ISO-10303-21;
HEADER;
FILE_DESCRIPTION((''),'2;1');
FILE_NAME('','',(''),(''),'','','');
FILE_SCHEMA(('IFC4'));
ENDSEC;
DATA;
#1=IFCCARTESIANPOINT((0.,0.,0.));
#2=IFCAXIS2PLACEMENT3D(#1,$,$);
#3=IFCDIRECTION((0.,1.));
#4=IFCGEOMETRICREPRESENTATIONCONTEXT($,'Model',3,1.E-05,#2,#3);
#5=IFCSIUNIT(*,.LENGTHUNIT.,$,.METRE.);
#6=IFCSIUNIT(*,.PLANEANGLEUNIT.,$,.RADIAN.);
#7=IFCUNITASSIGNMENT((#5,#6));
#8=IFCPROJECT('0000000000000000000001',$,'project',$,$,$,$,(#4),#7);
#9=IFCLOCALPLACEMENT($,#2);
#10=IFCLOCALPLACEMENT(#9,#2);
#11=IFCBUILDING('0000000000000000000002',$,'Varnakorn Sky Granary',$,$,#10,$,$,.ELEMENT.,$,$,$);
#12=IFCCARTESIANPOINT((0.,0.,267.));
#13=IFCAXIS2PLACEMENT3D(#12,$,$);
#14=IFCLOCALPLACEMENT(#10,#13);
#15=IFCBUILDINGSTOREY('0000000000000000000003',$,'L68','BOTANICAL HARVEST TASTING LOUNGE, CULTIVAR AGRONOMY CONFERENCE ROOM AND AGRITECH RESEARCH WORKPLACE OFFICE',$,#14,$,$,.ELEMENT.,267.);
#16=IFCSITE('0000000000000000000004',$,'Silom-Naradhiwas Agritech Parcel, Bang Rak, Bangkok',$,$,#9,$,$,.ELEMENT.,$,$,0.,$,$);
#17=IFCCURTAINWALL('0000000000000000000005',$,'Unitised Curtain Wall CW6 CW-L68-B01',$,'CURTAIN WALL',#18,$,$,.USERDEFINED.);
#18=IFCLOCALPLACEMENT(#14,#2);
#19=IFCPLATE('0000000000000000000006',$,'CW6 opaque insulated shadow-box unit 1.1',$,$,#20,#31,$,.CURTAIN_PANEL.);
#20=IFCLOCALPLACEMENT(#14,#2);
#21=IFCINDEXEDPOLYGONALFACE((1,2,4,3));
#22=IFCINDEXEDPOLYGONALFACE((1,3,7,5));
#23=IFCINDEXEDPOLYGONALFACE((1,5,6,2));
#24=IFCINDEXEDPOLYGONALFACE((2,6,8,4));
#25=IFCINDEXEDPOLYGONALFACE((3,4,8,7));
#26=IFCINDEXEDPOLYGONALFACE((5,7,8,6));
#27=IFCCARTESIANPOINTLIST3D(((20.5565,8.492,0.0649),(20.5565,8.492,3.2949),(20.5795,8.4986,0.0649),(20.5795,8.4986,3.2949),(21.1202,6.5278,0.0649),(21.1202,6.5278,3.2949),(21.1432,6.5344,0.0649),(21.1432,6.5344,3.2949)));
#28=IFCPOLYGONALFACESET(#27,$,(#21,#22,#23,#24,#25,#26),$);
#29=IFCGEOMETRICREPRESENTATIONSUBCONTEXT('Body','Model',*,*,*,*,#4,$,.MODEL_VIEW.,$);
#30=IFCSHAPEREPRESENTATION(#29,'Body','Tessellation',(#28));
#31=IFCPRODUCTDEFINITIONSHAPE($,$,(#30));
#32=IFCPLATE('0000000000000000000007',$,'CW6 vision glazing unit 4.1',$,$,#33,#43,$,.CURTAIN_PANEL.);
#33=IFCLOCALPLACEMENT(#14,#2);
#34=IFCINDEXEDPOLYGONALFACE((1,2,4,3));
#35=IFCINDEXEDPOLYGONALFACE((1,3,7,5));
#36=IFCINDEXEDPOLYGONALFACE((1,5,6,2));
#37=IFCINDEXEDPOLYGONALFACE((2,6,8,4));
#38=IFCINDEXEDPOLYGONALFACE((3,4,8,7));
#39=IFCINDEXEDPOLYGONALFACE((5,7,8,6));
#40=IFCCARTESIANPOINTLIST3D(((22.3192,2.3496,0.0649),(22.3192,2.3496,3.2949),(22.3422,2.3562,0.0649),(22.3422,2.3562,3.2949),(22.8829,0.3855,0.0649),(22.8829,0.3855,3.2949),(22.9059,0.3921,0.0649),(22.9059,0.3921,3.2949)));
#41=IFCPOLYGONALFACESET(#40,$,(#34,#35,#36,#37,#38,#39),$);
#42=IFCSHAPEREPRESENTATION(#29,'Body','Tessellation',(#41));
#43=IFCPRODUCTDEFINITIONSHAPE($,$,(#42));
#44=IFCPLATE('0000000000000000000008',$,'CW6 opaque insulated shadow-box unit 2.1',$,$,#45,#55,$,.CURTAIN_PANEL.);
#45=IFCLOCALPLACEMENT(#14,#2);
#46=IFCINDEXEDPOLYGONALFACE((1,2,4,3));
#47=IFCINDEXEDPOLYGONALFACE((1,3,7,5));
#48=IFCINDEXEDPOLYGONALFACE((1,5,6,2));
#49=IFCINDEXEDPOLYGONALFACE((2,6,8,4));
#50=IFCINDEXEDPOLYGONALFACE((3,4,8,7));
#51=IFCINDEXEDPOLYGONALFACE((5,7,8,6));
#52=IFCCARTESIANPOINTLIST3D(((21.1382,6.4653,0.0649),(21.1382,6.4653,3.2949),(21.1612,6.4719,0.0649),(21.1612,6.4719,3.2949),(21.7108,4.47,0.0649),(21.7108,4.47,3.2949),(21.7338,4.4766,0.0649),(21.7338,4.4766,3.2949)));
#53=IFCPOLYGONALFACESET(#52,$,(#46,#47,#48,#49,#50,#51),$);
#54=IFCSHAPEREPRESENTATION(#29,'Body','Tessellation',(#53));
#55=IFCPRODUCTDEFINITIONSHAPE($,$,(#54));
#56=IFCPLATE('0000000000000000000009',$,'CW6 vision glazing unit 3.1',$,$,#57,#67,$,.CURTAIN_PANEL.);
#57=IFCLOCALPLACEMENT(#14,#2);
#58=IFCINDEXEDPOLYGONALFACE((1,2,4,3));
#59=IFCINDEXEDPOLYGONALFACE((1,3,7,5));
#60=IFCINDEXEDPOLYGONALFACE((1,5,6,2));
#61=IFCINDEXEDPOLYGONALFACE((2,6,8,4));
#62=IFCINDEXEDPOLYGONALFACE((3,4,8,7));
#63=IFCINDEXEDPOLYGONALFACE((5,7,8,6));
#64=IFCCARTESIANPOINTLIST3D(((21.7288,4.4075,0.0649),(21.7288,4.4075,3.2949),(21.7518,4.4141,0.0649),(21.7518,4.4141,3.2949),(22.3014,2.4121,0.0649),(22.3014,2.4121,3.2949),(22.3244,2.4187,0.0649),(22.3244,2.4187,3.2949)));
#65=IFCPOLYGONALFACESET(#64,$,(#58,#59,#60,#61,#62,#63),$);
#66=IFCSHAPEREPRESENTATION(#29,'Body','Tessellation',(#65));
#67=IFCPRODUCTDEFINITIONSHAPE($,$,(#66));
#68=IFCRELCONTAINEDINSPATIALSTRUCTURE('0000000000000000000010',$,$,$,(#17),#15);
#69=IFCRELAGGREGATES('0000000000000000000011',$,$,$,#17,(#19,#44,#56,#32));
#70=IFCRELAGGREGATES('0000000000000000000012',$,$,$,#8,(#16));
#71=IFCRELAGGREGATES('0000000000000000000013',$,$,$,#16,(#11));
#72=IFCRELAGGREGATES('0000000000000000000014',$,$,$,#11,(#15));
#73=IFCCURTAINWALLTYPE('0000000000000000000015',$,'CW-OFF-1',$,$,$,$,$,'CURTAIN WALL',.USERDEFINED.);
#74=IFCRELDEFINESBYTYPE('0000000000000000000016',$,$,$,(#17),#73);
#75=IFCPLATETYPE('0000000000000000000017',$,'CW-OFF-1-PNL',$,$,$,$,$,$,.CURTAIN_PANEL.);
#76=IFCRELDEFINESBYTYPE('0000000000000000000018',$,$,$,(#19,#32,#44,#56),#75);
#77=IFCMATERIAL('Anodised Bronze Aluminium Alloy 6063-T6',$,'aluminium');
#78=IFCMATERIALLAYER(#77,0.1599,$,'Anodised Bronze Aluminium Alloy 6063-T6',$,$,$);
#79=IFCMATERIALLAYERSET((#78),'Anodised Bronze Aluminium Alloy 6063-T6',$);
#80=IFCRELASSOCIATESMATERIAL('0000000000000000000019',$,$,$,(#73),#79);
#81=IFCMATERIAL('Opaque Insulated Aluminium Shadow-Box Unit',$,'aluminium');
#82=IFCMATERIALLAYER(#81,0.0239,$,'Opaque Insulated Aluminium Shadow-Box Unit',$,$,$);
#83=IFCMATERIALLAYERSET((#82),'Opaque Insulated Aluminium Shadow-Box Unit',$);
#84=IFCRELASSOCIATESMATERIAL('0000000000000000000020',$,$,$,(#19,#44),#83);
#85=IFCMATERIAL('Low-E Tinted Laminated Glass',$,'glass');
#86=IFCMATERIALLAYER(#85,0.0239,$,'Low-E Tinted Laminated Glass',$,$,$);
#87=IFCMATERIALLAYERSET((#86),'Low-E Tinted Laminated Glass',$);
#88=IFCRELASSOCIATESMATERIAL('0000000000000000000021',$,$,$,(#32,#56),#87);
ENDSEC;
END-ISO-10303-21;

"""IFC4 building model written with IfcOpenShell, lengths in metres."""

from ifc_helpers import new_model, si_unit, direction, frame, origin, origin_2d, place, context, subcontext, project, spatial, rectangle, extrude, source, transform, mapped, material, layer, layer_set, type_object, type_shapes, element, aggregate, save


model = new_model("IFC4")

# Units and contexts
model_context = context("Model", 3, precision=1e-05, world=origin(), true_north=direction((0.0, 1.0)))
body_context = subcontext(model_context, "Body", "Model", "MODEL_VIEW")
ifc_project = project(units=[si_unit("LENGTHUNIT", "METRE"), si_unit("PLANEANGLEUNIT", "RADIAN")], contexts=[model_context])

# Site, building, storey
site_placement = place(None, origin())
site = spatial("IfcSite", under=ifc_project, at=site_placement, Name="Silom-Naradhiwas Agritech Parcel, Bang Rak, Bangkok", CompositionType="ELEMENT", RefElevation=0.0)
building_placement = place(site_placement, origin())
building = spatial("IfcBuilding", under=site, at=building_placement, Name="Varnakorn Sky Granary", CompositionType="ELEMENT")
storey_placement = place(building_placement, frame((0.0, 0.0, 267.0)))
storey = spatial("IfcBuildingStorey", under=building, at=storey_placement, Name="L68", Description="BOTANICAL HARVEST TASTING LOUNGE, CULTIVAR AGRONOMY CONFERENCE ROOM AND AGRITECH RESEARCH WORKPLACE OFFICE", CompositionType="ELEMENT", Elevation=267.0)

# Curtain wall
ifc_material_1 = material(Name="Anodised Bronze Aluminium Alloy 6063-T6", Category="aluminium")
ifc_layer_1 = layer(ifc_material_1, 0.1599, Name="Anodised Bronze Aluminium Alloy 6063-T6")
ifc_layer_set_1 = layer_set([ifc_layer_1], Name="Anodised Bronze Aluminium Alloy 6063-T6")
curtain_wall_type = type_object("IfcCurtainWallType", Name="CW-OFF-1", ElementType="CURTAIN WALL", PredefinedType="USERDEFINED", material=ifc_layer_set_1)
curtain_wall_1_placement = place(storey_placement, origin())
curtain_wall_1 = element("IfcCurtainWall", 1, at=curtain_wall_1_placement, inside=storey, type_object=curtain_wall_type, Name="Unitised Curtain Wall CW6 CW-L68-B01", ObjectType="CURTAIN WALL", PredefinedType="USERDEFINED")

# Plates
ifc_material_2 = material(Name="Opaque Insulated Aluminium Shadow-Box Unit", Category="aluminium")
ifc_layer_2 = layer(ifc_material_2, 0.0239, Name="Opaque Insulated Aluminium Shadow-Box Unit")
ifc_layer_set_2 = layer_set([ifc_layer_2], Name="Opaque Insulated Aluminium Shadow-Box Unit")
plate_type = type_object("IfcPlateType", Name="CW-OFF-1-PNL", PredefinedType="CURTAIN_PANEL")
shared_shape_1 = source(origin(), body_context, "Body", "SweptSolid", [
    extrude(rectangle(XDim=2.0435, YDim=0.0239, at=origin_2d()), origin(), (0.0, 0.0, 1.0), 3.23),
])
plate_1_placement = place(storey_placement, frame((20.8499, 7.5132, 0.0649), z_axis=(0.0, 0.0, 1.0), x_axis=(0.275841, -0.961203, 0.0)))
plate_1 = element("IfcPlate", 2, at=plate_1_placement, type_object=plate_type, material=ifc_layer_set_2, Name="CW6 opaque insulated shadow-box unit 1.1", PredefinedType="CURTAIN_PANEL", context=body_context, shape_type="MappedRepresentation", body=[
    mapped(shared_shape_1, transform((0.0, 0.0, 0.0), x_axis=(1.0, 0.0, 0.0), y_axis=(0.0, 1.0, 0.0), z_axis=(0.0, 0.0, 1.0), scale=1.0)),
])
ifc_material_3 = material(Name="Low-E Tinted Laminated Glass", Category="glass")
ifc_layer_3 = layer(ifc_material_3, 0.0239, Name="Low-E Tinted Laminated Glass")
ifc_layer_set_3 = layer_set([ifc_layer_3], Name="Low-E Tinted Laminated Glass")
plate_2_placement = place(storey_placement, frame((22.6125, 1.3708, 0.0649), z_axis=(0.0, 0.0, 1.0), x_axis=(0.275841, -0.961203, 0.0)))
plate_2 = element("IfcPlate", 3, at=plate_2_placement, type_object=plate_type, material=ifc_layer_set_3, Name="CW6 vision glazing unit 4.1", PredefinedType="CURTAIN_PANEL", context=body_context, shape_type="MappedRepresentation", body=[
    mapped(shared_shape_1, transform((0.0, 0.0, 0.0), x_axis=(1.0, 0.0, 0.0), y_axis=(0.0, 1.0, 0.0), z_axis=(0.0, 0.0, 1.0), scale=1.0)),
])
shared_shape_2 = source(origin(), body_context, "Body", "SweptSolid", [
    extrude(rectangle(XDim=2.0759, YDim=0.0239, at=origin_2d()), origin(), (0.0, 0.0, 1.0), 3.23),
])
type_shapes(plate_type, [shared_shape_1, shared_shape_2])
plate_3_placement = place(storey_placement, frame((21.436, 5.4709, 0.0649), z_axis=(0.0, 0.0, 1.0), x_axis=(0.275841, -0.961203, 0.0)))
plate_3 = element("IfcPlate", 4, at=plate_3_placement, type_object=plate_type, material=ifc_layer_set_2, Name="CW6 opaque insulated shadow-box unit 2.1", PredefinedType="CURTAIN_PANEL", context=body_context, shape_type="MappedRepresentation", body=[
    mapped(shared_shape_2, transform((0.0, 0.0, 0.0), x_axis=(1.0, 0.0, 0.0), y_axis=(0.0, 1.0, 0.0), z_axis=(0.0, 0.0, 1.0), scale=1.0)),
])
plate_4_placement = place(storey_placement, frame((22.0266, 3.4131, 0.0649), z_axis=(0.0, 0.0, 1.0), x_axis=(0.275841, -0.961203, 0.0)))
plate_4 = element("IfcPlate", 5, at=plate_4_placement, type_object=plate_type, material=ifc_layer_set_3, Name="CW6 vision glazing unit 3.1", PredefinedType="CURTAIN_PANEL", context=body_context, shape_type="MappedRepresentation", body=[
    mapped(shared_shape_2, transform((0.0, 0.0, 0.0), x_axis=(1.0, 0.0, 0.0), y_axis=(0.0, 1.0, 0.0), z_axis=(0.0, 0.0, 1.0), scale=1.0)),
])
aggregate(curtain_wall_1, [plate_1, plate_3, plate_4, plate_2])

save(model, "model.ifc")
